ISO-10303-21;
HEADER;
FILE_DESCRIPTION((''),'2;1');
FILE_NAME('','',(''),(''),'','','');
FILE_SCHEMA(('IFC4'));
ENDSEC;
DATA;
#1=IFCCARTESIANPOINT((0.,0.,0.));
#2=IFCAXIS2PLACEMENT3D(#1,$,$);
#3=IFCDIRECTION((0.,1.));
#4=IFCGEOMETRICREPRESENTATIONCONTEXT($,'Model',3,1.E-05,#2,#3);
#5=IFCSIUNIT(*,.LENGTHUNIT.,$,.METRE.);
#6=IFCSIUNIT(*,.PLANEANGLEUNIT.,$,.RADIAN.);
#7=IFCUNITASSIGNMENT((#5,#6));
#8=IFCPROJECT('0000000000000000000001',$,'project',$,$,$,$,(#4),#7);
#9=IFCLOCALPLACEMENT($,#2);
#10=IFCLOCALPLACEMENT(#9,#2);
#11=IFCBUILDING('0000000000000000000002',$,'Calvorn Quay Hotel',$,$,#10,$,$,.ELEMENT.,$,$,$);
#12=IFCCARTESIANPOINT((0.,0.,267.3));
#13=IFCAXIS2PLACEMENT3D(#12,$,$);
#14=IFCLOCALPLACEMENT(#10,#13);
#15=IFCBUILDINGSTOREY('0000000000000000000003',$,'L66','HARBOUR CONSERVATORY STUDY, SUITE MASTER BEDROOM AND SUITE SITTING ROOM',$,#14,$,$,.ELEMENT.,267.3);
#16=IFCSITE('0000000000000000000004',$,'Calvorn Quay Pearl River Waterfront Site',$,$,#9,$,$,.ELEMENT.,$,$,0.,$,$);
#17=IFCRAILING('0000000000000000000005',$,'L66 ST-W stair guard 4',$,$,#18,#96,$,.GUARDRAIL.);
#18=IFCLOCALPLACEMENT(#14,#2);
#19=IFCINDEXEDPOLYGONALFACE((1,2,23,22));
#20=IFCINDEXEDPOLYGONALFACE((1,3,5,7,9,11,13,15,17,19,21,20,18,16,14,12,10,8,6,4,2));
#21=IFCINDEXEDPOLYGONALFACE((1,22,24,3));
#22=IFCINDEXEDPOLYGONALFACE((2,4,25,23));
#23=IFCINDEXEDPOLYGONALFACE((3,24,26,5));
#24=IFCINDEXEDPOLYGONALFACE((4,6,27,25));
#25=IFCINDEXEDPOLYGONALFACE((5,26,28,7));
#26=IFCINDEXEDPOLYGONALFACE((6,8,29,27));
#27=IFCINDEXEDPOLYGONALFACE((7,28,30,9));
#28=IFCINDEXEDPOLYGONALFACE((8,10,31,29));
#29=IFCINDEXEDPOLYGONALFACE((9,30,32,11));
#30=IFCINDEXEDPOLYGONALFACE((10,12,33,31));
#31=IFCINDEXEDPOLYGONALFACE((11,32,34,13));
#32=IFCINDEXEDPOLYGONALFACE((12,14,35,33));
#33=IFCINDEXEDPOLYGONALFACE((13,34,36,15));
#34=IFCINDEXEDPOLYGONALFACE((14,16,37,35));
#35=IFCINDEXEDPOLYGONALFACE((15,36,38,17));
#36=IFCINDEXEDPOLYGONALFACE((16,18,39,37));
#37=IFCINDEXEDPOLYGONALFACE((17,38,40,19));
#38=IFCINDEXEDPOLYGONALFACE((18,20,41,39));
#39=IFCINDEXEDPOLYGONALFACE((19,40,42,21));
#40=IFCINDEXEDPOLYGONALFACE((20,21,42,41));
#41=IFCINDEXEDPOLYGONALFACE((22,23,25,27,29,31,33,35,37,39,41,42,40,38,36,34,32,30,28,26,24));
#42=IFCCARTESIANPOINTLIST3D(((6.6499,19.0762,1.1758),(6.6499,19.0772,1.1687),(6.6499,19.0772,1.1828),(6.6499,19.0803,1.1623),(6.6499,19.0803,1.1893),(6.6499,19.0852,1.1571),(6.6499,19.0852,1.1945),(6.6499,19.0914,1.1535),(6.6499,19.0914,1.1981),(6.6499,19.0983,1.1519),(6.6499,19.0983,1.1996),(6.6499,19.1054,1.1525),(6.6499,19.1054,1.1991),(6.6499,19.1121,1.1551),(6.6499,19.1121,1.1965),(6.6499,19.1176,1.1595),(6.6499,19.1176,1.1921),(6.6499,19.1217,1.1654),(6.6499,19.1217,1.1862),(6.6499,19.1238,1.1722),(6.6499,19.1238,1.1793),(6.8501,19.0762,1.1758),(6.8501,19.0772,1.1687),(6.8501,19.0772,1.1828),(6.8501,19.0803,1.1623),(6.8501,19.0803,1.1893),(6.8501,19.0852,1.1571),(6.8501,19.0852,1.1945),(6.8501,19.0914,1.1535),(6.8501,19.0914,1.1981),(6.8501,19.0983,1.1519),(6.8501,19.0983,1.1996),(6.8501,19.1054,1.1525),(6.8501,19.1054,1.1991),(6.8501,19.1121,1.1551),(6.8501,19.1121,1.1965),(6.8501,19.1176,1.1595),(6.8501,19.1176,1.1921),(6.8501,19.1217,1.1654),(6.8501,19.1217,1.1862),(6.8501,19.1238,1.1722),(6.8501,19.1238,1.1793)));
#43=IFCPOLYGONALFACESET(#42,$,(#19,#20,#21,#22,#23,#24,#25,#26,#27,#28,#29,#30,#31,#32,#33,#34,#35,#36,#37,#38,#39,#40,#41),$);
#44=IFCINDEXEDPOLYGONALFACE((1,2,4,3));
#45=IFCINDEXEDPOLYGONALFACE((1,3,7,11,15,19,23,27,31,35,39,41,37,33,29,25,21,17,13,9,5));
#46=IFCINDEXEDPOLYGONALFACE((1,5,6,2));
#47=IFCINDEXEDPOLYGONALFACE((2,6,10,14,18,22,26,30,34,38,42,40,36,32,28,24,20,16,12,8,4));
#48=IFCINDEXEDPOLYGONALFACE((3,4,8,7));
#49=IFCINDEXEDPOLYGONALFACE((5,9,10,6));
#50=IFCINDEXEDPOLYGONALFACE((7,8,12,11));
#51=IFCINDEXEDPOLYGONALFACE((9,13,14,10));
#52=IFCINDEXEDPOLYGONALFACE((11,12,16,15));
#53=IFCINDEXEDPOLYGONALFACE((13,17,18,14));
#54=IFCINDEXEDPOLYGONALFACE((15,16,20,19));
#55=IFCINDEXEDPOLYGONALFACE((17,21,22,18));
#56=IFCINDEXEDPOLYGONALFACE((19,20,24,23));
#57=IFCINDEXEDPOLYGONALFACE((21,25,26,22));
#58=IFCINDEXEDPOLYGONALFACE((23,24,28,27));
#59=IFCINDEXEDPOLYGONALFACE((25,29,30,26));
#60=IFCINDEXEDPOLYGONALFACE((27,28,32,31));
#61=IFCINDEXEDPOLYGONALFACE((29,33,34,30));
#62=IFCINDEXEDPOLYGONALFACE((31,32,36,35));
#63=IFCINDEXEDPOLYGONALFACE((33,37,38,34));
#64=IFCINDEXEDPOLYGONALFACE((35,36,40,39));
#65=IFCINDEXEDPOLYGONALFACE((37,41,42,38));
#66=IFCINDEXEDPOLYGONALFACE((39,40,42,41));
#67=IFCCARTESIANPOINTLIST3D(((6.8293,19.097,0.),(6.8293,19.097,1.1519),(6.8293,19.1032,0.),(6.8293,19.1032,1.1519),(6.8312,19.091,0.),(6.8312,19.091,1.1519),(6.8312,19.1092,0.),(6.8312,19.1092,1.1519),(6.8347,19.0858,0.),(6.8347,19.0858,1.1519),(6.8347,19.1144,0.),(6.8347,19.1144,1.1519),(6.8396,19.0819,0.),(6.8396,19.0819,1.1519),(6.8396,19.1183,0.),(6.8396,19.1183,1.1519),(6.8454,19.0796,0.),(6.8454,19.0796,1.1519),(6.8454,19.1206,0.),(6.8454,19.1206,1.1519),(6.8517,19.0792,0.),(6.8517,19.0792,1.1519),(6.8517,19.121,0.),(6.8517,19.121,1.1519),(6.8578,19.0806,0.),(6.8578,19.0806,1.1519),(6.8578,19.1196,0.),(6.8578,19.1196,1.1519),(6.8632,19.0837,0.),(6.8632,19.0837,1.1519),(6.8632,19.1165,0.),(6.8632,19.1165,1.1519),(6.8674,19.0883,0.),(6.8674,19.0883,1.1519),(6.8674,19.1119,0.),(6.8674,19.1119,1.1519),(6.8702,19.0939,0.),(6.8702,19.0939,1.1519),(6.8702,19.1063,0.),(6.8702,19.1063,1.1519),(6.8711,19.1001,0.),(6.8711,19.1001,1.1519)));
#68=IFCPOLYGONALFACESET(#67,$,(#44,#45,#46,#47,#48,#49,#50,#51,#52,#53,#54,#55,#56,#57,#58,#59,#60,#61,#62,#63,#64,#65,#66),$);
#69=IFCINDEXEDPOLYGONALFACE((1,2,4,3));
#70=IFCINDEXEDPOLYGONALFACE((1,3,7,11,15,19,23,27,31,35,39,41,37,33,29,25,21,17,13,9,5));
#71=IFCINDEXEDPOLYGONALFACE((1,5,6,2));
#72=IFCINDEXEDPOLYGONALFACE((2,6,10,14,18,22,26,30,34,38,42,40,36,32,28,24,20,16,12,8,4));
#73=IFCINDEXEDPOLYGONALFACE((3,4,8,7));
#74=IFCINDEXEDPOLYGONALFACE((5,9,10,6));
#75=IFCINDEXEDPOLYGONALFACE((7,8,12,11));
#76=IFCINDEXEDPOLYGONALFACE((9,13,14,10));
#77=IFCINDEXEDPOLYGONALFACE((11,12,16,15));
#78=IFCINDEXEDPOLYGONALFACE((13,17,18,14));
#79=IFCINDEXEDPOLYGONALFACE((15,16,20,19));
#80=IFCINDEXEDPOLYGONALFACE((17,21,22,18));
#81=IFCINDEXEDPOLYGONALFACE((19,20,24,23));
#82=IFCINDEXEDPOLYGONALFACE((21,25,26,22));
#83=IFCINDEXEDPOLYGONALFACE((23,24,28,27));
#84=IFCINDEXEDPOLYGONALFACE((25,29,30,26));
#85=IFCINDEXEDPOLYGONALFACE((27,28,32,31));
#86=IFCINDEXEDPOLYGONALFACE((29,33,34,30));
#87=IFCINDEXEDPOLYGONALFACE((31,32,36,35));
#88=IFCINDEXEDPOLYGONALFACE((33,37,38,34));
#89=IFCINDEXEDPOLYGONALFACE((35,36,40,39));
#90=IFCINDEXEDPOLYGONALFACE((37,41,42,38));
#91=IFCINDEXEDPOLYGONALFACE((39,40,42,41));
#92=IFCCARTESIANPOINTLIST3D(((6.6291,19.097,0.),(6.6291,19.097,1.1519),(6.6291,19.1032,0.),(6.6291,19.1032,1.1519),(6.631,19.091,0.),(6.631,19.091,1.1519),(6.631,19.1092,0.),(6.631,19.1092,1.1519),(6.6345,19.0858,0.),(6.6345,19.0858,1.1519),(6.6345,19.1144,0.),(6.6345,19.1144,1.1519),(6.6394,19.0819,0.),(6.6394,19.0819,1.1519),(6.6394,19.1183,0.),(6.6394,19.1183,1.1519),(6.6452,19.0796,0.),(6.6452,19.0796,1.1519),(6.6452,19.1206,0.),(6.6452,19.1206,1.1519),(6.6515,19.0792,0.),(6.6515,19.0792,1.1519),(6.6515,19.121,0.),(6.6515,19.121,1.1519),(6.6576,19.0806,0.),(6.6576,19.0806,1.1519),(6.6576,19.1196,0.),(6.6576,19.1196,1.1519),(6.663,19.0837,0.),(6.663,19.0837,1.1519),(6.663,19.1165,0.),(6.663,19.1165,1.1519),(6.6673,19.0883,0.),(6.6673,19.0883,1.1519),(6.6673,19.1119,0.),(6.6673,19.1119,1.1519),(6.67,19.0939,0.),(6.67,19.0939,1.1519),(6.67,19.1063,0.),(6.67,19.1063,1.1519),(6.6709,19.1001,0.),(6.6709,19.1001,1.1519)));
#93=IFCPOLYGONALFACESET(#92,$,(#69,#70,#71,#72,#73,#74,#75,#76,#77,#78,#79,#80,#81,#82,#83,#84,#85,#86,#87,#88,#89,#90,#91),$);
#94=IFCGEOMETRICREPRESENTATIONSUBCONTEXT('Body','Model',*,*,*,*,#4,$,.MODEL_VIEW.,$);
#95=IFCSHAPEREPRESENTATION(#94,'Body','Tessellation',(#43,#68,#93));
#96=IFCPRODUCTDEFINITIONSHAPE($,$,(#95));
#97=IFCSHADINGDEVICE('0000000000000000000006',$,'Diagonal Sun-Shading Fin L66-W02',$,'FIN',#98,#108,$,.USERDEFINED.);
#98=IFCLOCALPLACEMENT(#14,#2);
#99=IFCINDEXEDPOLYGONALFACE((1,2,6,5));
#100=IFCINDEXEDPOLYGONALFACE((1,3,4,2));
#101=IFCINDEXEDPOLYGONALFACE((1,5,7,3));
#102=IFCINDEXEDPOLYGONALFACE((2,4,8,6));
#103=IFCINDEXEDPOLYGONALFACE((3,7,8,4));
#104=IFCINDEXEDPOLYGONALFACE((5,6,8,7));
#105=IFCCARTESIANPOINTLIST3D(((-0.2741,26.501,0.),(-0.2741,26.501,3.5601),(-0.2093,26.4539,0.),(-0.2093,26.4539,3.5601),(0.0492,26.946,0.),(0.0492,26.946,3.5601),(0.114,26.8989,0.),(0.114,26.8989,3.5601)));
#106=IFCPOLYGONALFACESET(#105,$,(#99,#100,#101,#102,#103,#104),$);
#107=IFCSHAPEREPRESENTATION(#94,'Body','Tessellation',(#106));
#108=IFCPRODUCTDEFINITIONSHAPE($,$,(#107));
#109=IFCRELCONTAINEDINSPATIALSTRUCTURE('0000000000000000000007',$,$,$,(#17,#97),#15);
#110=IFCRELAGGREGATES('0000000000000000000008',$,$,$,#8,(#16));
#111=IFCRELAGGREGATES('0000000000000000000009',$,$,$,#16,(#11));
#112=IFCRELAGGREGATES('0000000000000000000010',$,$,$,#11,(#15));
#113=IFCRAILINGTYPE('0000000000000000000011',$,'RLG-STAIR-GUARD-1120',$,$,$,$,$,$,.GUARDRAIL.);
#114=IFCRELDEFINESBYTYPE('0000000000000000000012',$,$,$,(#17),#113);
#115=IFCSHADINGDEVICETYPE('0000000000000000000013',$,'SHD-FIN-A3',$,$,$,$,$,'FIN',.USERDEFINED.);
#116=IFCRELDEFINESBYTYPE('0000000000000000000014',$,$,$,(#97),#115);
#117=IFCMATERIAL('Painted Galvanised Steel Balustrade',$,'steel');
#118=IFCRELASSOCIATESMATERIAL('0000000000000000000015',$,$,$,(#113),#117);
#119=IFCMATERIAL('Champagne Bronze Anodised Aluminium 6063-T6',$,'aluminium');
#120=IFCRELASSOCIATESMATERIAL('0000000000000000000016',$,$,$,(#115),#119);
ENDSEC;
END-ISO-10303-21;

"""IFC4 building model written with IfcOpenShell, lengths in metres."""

from ifc_helpers import new_model, si_unit, direction, frame, origin, origin_2d, place, context, subcontext, project, spatial, rectangle, circle, extrude, material, type_object, element, save


model = new_model("IFC4")

# Units and contexts
model_context = context("Model", 3, precision=1e-05, world=origin(), true_north=direction((0.0, 1.0)))
body_context = subcontext(model_context, "Body", "Model", "MODEL_VIEW")
ifc_project = project(units=[si_unit("LENGTHUNIT", "METRE"), si_unit("PLANEANGLEUNIT", "RADIAN")], contexts=[model_context])

# Site, building, storey
site_placement = place(None, origin())
site = spatial("IfcSite", under=ifc_project, at=site_placement, Name="Calvorn Quay Pearl River Waterfront Site", CompositionType="ELEMENT", RefElevation=0.0)
building_placement = place(site_placement, origin())
building = spatial("IfcBuilding", under=site, at=building_placement, Name="Calvorn Quay Hotel", CompositionType="ELEMENT")
storey_placement = place(building_placement, frame((0.0, 0.0, 267.3)))
storey = spatial("IfcBuildingStorey", under=building, at=storey_placement, Name="L66", Description="HARBOUR CONSERVATORY STUDY, SUITE MASTER BEDROOM AND SUITE SITTING ROOM", CompositionType="ELEMENT", Elevation=267.3)

# Railing
ifc_material_1 = material(Name="Painted Galvanised Steel Balustrade", Category="steel")
railing_type_1 = type_object("IfcRailingType", Name="RLG-STAIR-GUARD-1120", PredefinedType="GUARDRAIL", material=ifc_material_1)
railing_1_placement = place(storey_placement, frame((6.8501, 19.1001, 0.0)))
element("IfcRailing", 1, at=railing_1_placement, inside=storey, type_object=railing_type_1, Name="L66 ST-W stair guard 4", PredefinedType="GUARDRAIL", context=body_context, shape_type="SweptSolid", body=[
    extrude(circle(Radius=0.0239, at=origin_2d()), frame((0.0, 0.0, 1.1758), z_axis=(-1.0, 0.0, 0.0), x_axis=(0.0, -1.0, 0.0)), (0.0, 0.0, 1.0), 0.2002),
    extrude(circle(Radius=0.021, at=origin_2d()), origin(), (0.0, 0.0, 1.0), 1.1519),
    extrude(circle(Radius=0.021, at=origin_2d()), frame((-0.2002, 0.0, 0.0)), (0.0, 0.0, 1.0), 1.1519),
])

# Shading device
ifc_material_2 = material(Name="Champagne Bronze Anodised Aluminium 6063-T6", Category="aluminium")
shading_device_type = type_object("IfcShadingDeviceType", Name="SHD-FIN-A3", ElementType="FIN", PredefinedType="USERDEFINED", material=ifc_material_2)
shading_device_placement = place(storey_placement, frame((-0.0801, 26.7, 0.0), z_axis=(0.0, 0.0, 1.0), x_axis=(0.587785, 0.809017, 0.0)))
element("IfcShadingDevice", 2, at=shading_device_placement, inside=storey, type_object=shading_device_type, Name="Diagonal Sun-Shading Fin L66-W02", ObjectType="FIN", PredefinedType="USERDEFINED", context=body_context, shape_type="SweptSolid", body=[
    extrude(rectangle(XDim=0.55, YDim=0.0801, at=origin_2d()), origin(), (0.0, 0.0, 1.0), 3.5601),
])

save(model, "model.ifc")
